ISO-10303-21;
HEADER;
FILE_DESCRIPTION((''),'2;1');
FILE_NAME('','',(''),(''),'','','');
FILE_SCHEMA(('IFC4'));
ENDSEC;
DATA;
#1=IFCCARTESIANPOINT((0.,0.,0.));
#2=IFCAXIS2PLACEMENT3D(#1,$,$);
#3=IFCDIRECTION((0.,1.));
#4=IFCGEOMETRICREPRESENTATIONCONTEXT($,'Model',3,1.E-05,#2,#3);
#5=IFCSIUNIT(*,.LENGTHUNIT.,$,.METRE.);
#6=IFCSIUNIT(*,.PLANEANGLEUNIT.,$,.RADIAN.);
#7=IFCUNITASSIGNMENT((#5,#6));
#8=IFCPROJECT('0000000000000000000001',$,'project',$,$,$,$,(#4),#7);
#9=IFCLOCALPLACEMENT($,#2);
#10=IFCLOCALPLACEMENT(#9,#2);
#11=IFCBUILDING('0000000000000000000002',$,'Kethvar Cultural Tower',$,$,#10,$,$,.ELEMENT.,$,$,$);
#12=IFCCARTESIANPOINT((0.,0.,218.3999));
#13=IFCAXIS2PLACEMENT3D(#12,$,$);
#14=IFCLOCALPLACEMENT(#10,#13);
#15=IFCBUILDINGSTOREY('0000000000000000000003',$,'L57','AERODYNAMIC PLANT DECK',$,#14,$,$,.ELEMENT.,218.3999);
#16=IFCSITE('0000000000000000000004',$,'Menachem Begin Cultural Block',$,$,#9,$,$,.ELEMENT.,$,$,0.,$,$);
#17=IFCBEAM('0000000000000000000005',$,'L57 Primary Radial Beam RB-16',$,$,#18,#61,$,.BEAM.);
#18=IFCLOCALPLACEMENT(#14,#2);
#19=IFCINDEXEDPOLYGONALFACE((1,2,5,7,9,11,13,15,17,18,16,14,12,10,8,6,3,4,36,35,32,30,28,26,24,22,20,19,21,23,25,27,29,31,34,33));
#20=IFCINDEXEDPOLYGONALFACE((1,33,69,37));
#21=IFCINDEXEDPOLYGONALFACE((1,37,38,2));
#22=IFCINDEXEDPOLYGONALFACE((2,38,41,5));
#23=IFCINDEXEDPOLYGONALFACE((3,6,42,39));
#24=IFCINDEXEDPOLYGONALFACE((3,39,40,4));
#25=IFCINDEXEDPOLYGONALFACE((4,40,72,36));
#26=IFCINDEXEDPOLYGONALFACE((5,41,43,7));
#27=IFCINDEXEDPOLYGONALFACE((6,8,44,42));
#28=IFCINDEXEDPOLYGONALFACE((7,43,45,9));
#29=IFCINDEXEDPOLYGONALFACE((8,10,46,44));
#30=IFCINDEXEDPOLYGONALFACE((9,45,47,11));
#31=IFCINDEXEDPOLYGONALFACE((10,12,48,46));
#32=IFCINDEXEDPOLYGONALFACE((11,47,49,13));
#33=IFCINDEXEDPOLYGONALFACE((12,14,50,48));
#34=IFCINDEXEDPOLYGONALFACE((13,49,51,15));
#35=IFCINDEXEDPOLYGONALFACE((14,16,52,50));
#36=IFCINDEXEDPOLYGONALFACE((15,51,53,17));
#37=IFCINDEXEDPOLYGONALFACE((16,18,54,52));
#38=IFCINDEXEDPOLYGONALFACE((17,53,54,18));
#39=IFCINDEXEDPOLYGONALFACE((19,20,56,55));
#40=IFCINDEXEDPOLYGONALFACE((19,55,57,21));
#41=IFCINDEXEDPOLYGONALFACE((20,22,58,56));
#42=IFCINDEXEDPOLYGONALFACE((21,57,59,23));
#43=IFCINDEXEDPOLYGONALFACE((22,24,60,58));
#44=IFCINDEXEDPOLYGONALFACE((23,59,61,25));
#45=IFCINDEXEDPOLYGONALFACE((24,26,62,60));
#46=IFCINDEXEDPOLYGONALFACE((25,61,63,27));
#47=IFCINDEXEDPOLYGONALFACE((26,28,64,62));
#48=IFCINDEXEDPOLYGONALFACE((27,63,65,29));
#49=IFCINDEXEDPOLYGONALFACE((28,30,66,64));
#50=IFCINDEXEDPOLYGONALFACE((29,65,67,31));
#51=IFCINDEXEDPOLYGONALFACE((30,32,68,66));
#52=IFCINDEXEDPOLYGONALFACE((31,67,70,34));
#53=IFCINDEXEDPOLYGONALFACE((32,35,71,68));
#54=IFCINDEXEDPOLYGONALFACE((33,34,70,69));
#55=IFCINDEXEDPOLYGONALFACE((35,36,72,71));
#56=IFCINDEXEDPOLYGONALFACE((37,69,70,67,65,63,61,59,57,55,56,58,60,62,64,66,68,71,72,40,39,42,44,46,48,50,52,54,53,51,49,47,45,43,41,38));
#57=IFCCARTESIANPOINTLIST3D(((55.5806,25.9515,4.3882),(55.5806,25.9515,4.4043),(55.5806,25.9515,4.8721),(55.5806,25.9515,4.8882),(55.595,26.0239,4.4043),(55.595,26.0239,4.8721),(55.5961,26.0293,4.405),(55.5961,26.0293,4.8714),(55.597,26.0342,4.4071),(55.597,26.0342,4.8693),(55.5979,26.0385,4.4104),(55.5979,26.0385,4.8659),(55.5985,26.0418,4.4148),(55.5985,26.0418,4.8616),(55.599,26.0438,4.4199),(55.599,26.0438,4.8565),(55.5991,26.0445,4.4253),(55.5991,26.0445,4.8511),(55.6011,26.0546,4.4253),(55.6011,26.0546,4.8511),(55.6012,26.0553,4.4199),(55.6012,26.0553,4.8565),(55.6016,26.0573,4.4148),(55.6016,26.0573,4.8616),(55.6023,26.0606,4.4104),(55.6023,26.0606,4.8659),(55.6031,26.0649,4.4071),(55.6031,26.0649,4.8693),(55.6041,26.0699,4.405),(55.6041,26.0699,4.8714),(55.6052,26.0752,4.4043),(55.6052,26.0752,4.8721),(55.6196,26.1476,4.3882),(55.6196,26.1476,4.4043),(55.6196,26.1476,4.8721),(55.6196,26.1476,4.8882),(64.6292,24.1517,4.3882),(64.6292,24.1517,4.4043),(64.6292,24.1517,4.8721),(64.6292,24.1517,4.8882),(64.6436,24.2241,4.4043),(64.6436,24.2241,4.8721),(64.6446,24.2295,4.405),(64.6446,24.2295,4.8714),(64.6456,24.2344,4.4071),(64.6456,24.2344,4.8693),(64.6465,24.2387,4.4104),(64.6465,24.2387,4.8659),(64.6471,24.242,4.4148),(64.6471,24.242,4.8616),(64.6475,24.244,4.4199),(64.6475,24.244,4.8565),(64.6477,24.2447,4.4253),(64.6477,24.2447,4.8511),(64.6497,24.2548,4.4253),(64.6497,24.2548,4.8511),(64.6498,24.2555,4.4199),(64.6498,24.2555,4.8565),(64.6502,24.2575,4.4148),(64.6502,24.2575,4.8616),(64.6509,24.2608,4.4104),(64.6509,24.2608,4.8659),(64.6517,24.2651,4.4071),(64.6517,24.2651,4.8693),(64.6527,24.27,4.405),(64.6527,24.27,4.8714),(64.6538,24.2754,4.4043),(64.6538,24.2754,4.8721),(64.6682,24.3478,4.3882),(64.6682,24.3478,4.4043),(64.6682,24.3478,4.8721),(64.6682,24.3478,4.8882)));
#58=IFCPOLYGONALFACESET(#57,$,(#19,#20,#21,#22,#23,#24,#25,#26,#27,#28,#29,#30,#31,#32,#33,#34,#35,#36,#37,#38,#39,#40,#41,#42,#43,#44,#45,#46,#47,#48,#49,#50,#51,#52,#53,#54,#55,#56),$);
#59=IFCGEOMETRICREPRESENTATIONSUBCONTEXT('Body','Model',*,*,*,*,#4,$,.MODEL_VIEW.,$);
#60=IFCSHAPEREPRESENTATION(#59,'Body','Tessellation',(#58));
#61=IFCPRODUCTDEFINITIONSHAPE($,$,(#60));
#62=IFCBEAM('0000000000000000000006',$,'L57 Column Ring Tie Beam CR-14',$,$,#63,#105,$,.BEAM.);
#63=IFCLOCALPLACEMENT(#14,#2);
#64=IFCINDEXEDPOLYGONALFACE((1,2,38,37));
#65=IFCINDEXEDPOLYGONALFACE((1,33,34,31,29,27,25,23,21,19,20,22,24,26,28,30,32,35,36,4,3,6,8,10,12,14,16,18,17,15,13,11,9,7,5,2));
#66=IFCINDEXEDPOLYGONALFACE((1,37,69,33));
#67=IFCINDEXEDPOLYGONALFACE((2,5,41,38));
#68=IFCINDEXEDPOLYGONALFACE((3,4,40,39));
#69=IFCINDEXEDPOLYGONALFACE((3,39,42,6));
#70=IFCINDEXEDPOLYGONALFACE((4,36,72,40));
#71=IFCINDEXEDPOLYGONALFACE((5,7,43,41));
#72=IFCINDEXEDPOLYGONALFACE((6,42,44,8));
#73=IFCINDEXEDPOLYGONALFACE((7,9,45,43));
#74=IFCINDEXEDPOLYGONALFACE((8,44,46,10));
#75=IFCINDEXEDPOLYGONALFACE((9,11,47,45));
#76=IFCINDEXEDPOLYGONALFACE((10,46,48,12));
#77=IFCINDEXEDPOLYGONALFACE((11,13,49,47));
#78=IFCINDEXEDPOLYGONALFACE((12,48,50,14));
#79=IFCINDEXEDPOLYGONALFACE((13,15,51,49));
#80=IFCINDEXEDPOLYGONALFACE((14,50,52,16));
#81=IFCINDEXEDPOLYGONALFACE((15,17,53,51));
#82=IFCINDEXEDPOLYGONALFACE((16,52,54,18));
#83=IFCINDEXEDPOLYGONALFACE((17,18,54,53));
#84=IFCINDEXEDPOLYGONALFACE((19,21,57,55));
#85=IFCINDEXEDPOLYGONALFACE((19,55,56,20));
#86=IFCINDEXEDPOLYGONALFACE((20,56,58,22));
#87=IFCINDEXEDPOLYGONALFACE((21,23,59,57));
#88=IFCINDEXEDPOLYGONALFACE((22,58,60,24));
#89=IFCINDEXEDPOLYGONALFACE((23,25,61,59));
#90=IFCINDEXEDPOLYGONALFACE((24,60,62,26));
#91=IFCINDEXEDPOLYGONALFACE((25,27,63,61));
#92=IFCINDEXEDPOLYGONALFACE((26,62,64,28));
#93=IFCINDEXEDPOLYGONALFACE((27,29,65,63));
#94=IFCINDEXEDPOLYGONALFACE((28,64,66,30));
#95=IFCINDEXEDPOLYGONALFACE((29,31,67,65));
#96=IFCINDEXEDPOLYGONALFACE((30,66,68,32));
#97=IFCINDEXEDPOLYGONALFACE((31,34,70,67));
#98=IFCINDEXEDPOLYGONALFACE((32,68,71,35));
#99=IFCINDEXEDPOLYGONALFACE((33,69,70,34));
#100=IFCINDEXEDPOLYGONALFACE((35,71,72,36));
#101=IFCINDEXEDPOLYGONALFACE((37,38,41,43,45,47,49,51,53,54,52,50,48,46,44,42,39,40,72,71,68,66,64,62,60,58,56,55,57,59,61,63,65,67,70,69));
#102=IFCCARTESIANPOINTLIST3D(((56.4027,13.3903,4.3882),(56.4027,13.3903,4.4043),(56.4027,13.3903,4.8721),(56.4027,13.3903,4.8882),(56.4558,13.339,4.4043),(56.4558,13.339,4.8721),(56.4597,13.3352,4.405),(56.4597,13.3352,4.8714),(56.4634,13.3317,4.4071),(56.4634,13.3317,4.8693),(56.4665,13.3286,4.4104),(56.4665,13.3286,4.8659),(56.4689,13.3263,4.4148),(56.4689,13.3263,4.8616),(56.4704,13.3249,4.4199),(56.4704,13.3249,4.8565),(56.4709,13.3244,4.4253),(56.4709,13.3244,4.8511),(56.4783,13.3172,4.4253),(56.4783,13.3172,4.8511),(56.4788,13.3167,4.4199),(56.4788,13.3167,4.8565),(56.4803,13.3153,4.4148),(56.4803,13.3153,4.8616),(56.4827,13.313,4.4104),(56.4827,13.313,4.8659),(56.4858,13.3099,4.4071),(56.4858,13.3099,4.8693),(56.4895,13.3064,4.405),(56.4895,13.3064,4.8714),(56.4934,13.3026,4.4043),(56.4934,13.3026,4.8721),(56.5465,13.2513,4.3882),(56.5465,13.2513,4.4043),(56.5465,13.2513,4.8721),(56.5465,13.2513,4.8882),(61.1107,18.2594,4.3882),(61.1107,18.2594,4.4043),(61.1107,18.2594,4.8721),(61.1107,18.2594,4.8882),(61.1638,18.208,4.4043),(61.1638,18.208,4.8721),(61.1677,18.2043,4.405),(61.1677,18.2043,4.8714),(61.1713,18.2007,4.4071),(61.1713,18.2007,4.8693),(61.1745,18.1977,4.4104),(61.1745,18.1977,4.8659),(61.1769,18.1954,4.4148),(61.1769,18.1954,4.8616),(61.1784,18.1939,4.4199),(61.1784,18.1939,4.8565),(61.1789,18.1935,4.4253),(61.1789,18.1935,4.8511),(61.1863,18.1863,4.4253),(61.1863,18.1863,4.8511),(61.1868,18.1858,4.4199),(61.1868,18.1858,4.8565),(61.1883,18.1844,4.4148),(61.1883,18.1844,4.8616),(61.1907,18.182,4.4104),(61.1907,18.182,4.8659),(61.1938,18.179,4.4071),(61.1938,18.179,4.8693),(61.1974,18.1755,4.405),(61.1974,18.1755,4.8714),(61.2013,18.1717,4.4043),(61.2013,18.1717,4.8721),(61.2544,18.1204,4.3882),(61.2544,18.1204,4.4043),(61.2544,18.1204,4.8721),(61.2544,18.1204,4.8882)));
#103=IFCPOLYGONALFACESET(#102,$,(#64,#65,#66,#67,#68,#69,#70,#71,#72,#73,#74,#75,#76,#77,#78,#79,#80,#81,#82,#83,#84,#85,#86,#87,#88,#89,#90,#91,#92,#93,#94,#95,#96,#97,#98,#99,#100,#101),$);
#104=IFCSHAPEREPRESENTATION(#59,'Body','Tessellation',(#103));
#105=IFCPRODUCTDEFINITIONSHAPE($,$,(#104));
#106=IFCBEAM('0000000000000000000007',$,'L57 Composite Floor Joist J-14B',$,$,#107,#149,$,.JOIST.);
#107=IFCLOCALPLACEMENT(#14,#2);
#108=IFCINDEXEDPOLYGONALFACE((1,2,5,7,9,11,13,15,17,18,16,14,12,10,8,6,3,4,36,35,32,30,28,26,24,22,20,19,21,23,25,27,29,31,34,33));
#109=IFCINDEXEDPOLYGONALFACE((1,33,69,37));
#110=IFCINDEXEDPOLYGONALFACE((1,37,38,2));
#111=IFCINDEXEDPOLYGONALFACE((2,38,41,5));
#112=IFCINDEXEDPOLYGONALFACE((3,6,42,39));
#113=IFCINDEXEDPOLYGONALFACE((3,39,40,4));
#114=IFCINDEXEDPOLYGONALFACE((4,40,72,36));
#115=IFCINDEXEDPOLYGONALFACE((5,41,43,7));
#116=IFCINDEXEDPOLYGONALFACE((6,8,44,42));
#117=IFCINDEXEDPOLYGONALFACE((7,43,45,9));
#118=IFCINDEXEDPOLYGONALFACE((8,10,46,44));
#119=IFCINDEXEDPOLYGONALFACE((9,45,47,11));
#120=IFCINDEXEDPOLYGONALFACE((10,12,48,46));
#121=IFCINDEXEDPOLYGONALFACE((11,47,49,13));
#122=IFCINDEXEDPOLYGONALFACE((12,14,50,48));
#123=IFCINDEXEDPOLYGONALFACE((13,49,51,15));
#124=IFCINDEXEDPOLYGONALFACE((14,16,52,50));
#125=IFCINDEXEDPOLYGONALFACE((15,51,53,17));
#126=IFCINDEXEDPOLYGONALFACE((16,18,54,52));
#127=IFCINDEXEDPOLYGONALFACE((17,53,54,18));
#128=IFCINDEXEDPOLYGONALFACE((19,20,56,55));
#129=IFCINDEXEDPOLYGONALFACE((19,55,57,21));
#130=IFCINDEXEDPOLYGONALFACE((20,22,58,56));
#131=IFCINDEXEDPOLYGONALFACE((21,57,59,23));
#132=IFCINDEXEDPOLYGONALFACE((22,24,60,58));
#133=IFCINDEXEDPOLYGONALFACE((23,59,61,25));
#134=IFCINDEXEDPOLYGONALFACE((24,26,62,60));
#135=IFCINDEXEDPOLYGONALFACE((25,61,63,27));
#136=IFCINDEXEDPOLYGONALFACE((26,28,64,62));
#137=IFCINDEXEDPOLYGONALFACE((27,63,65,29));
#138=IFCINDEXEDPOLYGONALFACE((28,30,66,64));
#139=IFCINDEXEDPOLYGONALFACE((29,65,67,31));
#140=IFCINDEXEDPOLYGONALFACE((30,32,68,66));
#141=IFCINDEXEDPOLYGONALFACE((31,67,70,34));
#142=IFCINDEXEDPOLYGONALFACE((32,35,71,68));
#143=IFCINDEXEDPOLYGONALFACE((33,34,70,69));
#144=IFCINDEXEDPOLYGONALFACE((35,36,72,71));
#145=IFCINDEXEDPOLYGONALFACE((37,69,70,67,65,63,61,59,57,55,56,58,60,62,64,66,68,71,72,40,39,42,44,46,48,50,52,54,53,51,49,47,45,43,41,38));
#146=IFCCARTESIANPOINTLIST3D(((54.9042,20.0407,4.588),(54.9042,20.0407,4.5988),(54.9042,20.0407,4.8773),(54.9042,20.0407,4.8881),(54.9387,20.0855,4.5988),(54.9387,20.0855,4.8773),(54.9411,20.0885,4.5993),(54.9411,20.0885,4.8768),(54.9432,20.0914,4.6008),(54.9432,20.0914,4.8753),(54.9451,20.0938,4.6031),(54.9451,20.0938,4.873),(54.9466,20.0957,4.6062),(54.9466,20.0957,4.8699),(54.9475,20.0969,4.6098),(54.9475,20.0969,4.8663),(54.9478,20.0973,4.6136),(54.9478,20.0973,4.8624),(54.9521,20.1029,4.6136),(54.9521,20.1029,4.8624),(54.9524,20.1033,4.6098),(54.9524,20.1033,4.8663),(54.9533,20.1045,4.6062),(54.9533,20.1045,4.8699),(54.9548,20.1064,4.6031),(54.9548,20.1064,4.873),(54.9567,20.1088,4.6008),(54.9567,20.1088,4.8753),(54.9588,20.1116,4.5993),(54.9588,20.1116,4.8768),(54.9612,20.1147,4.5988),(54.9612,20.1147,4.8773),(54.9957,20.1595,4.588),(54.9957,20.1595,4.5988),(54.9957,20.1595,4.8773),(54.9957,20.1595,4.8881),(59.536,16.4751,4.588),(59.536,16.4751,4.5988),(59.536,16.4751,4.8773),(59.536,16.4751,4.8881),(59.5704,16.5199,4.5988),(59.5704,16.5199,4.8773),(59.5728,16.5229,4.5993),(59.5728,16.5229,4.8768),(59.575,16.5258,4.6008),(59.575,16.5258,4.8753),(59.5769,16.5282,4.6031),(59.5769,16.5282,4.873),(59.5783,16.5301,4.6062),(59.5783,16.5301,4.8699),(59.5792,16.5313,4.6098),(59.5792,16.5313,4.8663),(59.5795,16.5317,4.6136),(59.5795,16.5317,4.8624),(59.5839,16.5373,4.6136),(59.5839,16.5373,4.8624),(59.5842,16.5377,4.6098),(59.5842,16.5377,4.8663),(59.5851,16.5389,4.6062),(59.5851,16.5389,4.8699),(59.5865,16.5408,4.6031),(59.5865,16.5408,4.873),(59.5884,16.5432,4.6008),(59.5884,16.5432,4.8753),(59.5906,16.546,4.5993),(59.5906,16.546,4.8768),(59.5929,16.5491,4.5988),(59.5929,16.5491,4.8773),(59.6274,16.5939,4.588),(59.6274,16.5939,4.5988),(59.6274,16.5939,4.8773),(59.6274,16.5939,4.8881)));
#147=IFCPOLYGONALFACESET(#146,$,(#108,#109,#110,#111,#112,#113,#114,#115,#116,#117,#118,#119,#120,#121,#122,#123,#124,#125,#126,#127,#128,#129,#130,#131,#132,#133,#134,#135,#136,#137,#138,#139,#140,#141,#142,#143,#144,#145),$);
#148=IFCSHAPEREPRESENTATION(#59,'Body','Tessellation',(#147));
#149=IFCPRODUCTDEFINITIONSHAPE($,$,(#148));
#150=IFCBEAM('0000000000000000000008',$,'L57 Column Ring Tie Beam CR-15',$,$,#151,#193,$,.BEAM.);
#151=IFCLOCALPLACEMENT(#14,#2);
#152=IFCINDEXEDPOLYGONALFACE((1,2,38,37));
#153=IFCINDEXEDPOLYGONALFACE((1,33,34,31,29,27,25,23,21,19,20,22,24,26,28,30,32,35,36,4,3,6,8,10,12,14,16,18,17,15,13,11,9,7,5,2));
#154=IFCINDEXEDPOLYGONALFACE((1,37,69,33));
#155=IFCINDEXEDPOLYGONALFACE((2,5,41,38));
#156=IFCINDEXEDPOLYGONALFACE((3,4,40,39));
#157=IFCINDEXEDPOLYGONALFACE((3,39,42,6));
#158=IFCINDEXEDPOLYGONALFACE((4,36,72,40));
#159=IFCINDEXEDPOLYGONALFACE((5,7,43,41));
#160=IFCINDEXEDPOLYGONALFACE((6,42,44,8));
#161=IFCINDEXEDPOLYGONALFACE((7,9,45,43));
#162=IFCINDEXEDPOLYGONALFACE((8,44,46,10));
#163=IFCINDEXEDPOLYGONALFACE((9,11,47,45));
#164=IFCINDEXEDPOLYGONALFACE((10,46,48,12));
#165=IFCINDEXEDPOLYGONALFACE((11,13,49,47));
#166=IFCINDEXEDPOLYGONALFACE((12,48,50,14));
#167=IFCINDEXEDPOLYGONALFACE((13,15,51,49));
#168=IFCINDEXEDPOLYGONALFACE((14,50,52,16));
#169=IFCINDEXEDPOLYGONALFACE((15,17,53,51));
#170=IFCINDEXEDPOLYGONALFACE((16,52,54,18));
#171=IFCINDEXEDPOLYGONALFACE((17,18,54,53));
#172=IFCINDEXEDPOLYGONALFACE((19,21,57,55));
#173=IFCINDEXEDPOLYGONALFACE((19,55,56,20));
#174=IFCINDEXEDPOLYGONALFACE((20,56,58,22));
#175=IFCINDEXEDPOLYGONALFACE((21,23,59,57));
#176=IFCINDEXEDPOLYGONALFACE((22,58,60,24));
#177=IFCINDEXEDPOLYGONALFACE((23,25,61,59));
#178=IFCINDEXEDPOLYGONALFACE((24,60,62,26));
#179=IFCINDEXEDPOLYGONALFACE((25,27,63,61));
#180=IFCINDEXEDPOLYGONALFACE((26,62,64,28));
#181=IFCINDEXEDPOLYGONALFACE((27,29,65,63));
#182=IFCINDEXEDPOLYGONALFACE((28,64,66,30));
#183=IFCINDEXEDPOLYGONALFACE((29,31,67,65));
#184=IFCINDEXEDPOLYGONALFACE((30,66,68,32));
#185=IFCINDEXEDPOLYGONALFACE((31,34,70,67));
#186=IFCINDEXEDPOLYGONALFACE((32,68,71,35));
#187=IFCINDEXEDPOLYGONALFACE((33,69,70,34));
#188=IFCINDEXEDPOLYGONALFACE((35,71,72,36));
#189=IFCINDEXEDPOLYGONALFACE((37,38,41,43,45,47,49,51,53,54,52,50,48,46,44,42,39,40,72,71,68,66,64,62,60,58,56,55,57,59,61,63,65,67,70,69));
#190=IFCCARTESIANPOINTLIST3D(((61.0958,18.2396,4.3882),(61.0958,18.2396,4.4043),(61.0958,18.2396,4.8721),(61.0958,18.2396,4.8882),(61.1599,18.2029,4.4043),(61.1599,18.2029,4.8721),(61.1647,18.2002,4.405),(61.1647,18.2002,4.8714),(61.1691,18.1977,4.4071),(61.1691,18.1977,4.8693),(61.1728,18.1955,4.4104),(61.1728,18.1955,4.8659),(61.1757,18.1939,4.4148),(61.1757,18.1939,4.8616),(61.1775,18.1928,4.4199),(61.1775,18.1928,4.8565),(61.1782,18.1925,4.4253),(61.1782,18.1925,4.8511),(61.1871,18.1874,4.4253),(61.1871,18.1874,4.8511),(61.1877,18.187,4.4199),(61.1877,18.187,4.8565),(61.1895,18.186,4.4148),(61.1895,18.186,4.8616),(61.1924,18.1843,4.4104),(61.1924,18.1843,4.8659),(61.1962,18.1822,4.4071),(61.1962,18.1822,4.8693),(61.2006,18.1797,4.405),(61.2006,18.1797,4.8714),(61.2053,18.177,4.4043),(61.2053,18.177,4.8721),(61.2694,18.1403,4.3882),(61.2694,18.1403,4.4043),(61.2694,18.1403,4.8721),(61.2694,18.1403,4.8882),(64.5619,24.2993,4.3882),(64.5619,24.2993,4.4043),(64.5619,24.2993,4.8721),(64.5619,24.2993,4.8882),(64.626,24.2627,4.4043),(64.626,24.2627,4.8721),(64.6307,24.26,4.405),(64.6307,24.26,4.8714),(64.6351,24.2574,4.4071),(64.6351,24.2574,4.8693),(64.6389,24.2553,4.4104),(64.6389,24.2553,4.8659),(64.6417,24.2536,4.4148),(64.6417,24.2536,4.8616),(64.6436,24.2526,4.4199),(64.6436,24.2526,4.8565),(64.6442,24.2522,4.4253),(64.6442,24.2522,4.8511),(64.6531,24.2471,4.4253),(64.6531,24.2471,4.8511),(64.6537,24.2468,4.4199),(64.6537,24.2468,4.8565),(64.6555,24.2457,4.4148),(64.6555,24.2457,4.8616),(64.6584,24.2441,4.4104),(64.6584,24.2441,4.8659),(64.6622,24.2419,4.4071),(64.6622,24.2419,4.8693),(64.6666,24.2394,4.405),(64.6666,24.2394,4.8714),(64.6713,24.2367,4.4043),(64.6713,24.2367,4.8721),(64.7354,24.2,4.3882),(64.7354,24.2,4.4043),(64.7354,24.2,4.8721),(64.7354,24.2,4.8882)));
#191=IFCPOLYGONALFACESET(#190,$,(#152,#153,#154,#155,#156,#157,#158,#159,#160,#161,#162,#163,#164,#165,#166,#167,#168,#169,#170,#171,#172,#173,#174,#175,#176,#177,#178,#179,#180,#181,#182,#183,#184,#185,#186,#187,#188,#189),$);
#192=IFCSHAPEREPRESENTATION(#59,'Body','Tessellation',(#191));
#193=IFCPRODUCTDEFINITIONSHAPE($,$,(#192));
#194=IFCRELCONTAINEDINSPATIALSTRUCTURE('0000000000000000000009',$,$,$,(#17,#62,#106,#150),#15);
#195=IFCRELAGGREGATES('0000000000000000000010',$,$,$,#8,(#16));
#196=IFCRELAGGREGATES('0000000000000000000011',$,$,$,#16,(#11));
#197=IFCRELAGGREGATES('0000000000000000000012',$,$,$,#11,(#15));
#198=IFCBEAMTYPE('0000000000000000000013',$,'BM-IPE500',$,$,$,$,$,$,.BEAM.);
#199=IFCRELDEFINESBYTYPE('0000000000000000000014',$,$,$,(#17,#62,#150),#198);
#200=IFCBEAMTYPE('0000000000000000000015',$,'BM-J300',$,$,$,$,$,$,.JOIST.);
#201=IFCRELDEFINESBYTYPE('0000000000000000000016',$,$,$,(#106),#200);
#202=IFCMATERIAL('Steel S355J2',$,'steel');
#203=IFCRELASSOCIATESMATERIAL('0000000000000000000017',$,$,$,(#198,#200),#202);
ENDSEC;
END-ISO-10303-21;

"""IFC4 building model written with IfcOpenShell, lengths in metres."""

from ifc_helpers import new_model, si_unit, direction, frame, origin, origin_2d, place, context, subcontext, project, spatial, i_section, extrude, source, transform, mapped, material, material_profile, profile_set, type_object, element, save


model = new_model("IFC4")

# Units and contexts
model_context = context("Model", 3, precision=1e-05, world=origin(), true_north=direction((0.0, 1.0)))
body_context = subcontext(model_context, "Body", "Model", "MODEL_VIEW")
ifc_project = project(units=[si_unit("LENGTHUNIT", "METRE"), si_unit("PLANEANGLEUNIT", "RADIAN")], contexts=[model_context])

# Site, building, storey
site_placement = place(None, origin())
site = spatial("IfcSite", under=ifc_project, at=site_placement, Name="Menachem Begin Cultural Block", CompositionType="ELEMENT", RefElevation=0.0)
building_placement = place(site_placement, origin())
building = spatial("IfcBuilding", under=site, at=building_placement, Name="Kethvar Cultural Tower", CompositionType="ELEMENT")
storey_placement = place(building_placement, frame((0.0, 0.0, 218.3999)))
storey = spatial("IfcBuildingStorey", under=building, at=storey_placement, Name="L57", Description="AERODYNAMIC PLANT DECK", CompositionType="ELEMENT", Elevation=218.3999)

# Beams
ifc_material_1 = material(Name="Steel S355J2", Category="steel")
ifc_material_profile_1 = material_profile(ifc_material_1, i_section(OverallWidth=0.2, OverallDepth=0.5, WebThickness=0.0103, FlangeThickness=0.0161, FilletRadius=0.021, at=origin_2d()), Name="Steel S355J2 — IPE500")
ifc_profile_set_1 = profile_set([ifc_material_profile_1], Name="Steel S355J2 — IPE500")
beam_type_1 = type_object("IfcBeamType", Name="BM-IPE500", PredefinedType="BEAM", material=ifc_profile_set_1)
shared_shape_1 = source(origin(), body_context, "Body", "SweptSolid", [
    extrude(i_section(OverallWidth=0.2, OverallDepth=0.5, WebThickness=0.0103, FlangeThickness=0.0161, FilletRadius=0.021, at=origin_2d()), origin(), (0.0, 0.0, 1.0), 9.2258),
])
beam_1_placement = place(storey_placement, frame((55.6001, 26.0496, 4.6382), z_axis=(0.980787, -0.195083, 0.0), x_axis=(0.195083, 0.980787, 0.0)))
element("IfcBeam", 1, at=beam_1_placement, inside=storey, type_object=beam_type_1, Name="L57 Primary Radial Beam RB-16", PredefinedType="BEAM", context=body_context, shape_type="MappedRepresentation", body=[
    mapped(shared_shape_1, transform((0.0, 0.0, 0.0), scale=1.0)),
])
shared_shape_2 = source(origin(), body_context, "Body", "SweptSolid", [
    extrude(i_section(OverallWidth=0.2, OverallDepth=0.5, WebThickness=0.0103, FlangeThickness=0.0161, FilletRadius=0.021, at=origin_2d()), origin(), (0.0, 0.0, 1.0), 6.7729),
])
beam_2_placement = place(storey_placement, frame((56.4746, 13.3208, 4.6382), z_axis=(0.695112, 0.718902, 0.0), x_axis=(-0.718902, 0.695112, 0.0)))
element("IfcBeam", 2, at=beam_2_placement, inside=storey, type_object=beam_type_1, Name="L57 Column Ring Tie Beam CR-14", PredefinedType="BEAM", context=body_context, shape_type="MappedRepresentation", body=[
    mapped(shared_shape_2, transform((0.0, 0.0, 0.0), scale=1.0)),
])
ifc_material_profile_2 = material_profile(ifc_material_1, i_section(OverallWidth=0.1499, OverallDepth=0.3, WebThickness=0.0071, FlangeThickness=0.0107, FilletRadius=0.0149, at=origin_2d()), Name="Steel S355J2 — IPE300")
ifc_profile_set_2 = profile_set([ifc_material_profile_2], Name="Steel S355J2 — IPE300")
beam_type_2 = type_object("IfcBeamType", Name="BM-J300", PredefinedType="JOIST", material=ifc_profile_set_2)
shared_shape_3 = source(origin(), body_context, "Body", "SweptSolid", [
    extrude(i_section(OverallWidth=0.1499, OverallDepth=0.3, WebThickness=0.0071, FlangeThickness=0.0107, FilletRadius=0.0149, at=origin_2d()), origin(), (0.0, 0.0, 1.0), 5.8452),
])
beam_3_placement = place(storey_placement, frame((54.95, 20.1001, 4.738), z_axis=(0.792399, -0.610003, 0.0), x_axis=(0.610003, 0.792399, 0.0)))
element("IfcBeam", 3, at=beam_3_placement, inside=storey, type_object=beam_type_2, Name="L57 Composite Floor Joist J-14B", PredefinedType="JOIST", context=body_context, shape_type="MappedRepresentation", body=[
    mapped(shared_shape_3, transform((0.0, 0.0, 0.0), scale=1.0)),
])
shared_shape_4 = source(origin(), body_context, "Body", "SweptSolid", [
    extrude(i_section(OverallWidth=0.2, OverallDepth=0.5, WebThickness=0.0103, FlangeThickness=0.0161, FilletRadius=0.021, at=origin_2d()), origin(), (0.0, 0.0, 1.0), 6.981),
])
beam_4_placement = place(storey_placement, frame((61.1826, 18.1899, 4.6382), z_axis=(0.496497, 0.868039, 0.0), x_axis=(-0.868039, 0.496497, 0.0)))
element("IfcBeam", 4, at=beam_4_placement, inside=storey, type_object=beam_type_1, Name="L57 Column Ring Tie Beam CR-15", PredefinedType="BEAM", context=body_context, shape_type="MappedRepresentation", body=[
    mapped(shared_shape_4, transform((0.0, 0.0, 0.0), scale=1.0)),
])

save(model, "model.ifc")
